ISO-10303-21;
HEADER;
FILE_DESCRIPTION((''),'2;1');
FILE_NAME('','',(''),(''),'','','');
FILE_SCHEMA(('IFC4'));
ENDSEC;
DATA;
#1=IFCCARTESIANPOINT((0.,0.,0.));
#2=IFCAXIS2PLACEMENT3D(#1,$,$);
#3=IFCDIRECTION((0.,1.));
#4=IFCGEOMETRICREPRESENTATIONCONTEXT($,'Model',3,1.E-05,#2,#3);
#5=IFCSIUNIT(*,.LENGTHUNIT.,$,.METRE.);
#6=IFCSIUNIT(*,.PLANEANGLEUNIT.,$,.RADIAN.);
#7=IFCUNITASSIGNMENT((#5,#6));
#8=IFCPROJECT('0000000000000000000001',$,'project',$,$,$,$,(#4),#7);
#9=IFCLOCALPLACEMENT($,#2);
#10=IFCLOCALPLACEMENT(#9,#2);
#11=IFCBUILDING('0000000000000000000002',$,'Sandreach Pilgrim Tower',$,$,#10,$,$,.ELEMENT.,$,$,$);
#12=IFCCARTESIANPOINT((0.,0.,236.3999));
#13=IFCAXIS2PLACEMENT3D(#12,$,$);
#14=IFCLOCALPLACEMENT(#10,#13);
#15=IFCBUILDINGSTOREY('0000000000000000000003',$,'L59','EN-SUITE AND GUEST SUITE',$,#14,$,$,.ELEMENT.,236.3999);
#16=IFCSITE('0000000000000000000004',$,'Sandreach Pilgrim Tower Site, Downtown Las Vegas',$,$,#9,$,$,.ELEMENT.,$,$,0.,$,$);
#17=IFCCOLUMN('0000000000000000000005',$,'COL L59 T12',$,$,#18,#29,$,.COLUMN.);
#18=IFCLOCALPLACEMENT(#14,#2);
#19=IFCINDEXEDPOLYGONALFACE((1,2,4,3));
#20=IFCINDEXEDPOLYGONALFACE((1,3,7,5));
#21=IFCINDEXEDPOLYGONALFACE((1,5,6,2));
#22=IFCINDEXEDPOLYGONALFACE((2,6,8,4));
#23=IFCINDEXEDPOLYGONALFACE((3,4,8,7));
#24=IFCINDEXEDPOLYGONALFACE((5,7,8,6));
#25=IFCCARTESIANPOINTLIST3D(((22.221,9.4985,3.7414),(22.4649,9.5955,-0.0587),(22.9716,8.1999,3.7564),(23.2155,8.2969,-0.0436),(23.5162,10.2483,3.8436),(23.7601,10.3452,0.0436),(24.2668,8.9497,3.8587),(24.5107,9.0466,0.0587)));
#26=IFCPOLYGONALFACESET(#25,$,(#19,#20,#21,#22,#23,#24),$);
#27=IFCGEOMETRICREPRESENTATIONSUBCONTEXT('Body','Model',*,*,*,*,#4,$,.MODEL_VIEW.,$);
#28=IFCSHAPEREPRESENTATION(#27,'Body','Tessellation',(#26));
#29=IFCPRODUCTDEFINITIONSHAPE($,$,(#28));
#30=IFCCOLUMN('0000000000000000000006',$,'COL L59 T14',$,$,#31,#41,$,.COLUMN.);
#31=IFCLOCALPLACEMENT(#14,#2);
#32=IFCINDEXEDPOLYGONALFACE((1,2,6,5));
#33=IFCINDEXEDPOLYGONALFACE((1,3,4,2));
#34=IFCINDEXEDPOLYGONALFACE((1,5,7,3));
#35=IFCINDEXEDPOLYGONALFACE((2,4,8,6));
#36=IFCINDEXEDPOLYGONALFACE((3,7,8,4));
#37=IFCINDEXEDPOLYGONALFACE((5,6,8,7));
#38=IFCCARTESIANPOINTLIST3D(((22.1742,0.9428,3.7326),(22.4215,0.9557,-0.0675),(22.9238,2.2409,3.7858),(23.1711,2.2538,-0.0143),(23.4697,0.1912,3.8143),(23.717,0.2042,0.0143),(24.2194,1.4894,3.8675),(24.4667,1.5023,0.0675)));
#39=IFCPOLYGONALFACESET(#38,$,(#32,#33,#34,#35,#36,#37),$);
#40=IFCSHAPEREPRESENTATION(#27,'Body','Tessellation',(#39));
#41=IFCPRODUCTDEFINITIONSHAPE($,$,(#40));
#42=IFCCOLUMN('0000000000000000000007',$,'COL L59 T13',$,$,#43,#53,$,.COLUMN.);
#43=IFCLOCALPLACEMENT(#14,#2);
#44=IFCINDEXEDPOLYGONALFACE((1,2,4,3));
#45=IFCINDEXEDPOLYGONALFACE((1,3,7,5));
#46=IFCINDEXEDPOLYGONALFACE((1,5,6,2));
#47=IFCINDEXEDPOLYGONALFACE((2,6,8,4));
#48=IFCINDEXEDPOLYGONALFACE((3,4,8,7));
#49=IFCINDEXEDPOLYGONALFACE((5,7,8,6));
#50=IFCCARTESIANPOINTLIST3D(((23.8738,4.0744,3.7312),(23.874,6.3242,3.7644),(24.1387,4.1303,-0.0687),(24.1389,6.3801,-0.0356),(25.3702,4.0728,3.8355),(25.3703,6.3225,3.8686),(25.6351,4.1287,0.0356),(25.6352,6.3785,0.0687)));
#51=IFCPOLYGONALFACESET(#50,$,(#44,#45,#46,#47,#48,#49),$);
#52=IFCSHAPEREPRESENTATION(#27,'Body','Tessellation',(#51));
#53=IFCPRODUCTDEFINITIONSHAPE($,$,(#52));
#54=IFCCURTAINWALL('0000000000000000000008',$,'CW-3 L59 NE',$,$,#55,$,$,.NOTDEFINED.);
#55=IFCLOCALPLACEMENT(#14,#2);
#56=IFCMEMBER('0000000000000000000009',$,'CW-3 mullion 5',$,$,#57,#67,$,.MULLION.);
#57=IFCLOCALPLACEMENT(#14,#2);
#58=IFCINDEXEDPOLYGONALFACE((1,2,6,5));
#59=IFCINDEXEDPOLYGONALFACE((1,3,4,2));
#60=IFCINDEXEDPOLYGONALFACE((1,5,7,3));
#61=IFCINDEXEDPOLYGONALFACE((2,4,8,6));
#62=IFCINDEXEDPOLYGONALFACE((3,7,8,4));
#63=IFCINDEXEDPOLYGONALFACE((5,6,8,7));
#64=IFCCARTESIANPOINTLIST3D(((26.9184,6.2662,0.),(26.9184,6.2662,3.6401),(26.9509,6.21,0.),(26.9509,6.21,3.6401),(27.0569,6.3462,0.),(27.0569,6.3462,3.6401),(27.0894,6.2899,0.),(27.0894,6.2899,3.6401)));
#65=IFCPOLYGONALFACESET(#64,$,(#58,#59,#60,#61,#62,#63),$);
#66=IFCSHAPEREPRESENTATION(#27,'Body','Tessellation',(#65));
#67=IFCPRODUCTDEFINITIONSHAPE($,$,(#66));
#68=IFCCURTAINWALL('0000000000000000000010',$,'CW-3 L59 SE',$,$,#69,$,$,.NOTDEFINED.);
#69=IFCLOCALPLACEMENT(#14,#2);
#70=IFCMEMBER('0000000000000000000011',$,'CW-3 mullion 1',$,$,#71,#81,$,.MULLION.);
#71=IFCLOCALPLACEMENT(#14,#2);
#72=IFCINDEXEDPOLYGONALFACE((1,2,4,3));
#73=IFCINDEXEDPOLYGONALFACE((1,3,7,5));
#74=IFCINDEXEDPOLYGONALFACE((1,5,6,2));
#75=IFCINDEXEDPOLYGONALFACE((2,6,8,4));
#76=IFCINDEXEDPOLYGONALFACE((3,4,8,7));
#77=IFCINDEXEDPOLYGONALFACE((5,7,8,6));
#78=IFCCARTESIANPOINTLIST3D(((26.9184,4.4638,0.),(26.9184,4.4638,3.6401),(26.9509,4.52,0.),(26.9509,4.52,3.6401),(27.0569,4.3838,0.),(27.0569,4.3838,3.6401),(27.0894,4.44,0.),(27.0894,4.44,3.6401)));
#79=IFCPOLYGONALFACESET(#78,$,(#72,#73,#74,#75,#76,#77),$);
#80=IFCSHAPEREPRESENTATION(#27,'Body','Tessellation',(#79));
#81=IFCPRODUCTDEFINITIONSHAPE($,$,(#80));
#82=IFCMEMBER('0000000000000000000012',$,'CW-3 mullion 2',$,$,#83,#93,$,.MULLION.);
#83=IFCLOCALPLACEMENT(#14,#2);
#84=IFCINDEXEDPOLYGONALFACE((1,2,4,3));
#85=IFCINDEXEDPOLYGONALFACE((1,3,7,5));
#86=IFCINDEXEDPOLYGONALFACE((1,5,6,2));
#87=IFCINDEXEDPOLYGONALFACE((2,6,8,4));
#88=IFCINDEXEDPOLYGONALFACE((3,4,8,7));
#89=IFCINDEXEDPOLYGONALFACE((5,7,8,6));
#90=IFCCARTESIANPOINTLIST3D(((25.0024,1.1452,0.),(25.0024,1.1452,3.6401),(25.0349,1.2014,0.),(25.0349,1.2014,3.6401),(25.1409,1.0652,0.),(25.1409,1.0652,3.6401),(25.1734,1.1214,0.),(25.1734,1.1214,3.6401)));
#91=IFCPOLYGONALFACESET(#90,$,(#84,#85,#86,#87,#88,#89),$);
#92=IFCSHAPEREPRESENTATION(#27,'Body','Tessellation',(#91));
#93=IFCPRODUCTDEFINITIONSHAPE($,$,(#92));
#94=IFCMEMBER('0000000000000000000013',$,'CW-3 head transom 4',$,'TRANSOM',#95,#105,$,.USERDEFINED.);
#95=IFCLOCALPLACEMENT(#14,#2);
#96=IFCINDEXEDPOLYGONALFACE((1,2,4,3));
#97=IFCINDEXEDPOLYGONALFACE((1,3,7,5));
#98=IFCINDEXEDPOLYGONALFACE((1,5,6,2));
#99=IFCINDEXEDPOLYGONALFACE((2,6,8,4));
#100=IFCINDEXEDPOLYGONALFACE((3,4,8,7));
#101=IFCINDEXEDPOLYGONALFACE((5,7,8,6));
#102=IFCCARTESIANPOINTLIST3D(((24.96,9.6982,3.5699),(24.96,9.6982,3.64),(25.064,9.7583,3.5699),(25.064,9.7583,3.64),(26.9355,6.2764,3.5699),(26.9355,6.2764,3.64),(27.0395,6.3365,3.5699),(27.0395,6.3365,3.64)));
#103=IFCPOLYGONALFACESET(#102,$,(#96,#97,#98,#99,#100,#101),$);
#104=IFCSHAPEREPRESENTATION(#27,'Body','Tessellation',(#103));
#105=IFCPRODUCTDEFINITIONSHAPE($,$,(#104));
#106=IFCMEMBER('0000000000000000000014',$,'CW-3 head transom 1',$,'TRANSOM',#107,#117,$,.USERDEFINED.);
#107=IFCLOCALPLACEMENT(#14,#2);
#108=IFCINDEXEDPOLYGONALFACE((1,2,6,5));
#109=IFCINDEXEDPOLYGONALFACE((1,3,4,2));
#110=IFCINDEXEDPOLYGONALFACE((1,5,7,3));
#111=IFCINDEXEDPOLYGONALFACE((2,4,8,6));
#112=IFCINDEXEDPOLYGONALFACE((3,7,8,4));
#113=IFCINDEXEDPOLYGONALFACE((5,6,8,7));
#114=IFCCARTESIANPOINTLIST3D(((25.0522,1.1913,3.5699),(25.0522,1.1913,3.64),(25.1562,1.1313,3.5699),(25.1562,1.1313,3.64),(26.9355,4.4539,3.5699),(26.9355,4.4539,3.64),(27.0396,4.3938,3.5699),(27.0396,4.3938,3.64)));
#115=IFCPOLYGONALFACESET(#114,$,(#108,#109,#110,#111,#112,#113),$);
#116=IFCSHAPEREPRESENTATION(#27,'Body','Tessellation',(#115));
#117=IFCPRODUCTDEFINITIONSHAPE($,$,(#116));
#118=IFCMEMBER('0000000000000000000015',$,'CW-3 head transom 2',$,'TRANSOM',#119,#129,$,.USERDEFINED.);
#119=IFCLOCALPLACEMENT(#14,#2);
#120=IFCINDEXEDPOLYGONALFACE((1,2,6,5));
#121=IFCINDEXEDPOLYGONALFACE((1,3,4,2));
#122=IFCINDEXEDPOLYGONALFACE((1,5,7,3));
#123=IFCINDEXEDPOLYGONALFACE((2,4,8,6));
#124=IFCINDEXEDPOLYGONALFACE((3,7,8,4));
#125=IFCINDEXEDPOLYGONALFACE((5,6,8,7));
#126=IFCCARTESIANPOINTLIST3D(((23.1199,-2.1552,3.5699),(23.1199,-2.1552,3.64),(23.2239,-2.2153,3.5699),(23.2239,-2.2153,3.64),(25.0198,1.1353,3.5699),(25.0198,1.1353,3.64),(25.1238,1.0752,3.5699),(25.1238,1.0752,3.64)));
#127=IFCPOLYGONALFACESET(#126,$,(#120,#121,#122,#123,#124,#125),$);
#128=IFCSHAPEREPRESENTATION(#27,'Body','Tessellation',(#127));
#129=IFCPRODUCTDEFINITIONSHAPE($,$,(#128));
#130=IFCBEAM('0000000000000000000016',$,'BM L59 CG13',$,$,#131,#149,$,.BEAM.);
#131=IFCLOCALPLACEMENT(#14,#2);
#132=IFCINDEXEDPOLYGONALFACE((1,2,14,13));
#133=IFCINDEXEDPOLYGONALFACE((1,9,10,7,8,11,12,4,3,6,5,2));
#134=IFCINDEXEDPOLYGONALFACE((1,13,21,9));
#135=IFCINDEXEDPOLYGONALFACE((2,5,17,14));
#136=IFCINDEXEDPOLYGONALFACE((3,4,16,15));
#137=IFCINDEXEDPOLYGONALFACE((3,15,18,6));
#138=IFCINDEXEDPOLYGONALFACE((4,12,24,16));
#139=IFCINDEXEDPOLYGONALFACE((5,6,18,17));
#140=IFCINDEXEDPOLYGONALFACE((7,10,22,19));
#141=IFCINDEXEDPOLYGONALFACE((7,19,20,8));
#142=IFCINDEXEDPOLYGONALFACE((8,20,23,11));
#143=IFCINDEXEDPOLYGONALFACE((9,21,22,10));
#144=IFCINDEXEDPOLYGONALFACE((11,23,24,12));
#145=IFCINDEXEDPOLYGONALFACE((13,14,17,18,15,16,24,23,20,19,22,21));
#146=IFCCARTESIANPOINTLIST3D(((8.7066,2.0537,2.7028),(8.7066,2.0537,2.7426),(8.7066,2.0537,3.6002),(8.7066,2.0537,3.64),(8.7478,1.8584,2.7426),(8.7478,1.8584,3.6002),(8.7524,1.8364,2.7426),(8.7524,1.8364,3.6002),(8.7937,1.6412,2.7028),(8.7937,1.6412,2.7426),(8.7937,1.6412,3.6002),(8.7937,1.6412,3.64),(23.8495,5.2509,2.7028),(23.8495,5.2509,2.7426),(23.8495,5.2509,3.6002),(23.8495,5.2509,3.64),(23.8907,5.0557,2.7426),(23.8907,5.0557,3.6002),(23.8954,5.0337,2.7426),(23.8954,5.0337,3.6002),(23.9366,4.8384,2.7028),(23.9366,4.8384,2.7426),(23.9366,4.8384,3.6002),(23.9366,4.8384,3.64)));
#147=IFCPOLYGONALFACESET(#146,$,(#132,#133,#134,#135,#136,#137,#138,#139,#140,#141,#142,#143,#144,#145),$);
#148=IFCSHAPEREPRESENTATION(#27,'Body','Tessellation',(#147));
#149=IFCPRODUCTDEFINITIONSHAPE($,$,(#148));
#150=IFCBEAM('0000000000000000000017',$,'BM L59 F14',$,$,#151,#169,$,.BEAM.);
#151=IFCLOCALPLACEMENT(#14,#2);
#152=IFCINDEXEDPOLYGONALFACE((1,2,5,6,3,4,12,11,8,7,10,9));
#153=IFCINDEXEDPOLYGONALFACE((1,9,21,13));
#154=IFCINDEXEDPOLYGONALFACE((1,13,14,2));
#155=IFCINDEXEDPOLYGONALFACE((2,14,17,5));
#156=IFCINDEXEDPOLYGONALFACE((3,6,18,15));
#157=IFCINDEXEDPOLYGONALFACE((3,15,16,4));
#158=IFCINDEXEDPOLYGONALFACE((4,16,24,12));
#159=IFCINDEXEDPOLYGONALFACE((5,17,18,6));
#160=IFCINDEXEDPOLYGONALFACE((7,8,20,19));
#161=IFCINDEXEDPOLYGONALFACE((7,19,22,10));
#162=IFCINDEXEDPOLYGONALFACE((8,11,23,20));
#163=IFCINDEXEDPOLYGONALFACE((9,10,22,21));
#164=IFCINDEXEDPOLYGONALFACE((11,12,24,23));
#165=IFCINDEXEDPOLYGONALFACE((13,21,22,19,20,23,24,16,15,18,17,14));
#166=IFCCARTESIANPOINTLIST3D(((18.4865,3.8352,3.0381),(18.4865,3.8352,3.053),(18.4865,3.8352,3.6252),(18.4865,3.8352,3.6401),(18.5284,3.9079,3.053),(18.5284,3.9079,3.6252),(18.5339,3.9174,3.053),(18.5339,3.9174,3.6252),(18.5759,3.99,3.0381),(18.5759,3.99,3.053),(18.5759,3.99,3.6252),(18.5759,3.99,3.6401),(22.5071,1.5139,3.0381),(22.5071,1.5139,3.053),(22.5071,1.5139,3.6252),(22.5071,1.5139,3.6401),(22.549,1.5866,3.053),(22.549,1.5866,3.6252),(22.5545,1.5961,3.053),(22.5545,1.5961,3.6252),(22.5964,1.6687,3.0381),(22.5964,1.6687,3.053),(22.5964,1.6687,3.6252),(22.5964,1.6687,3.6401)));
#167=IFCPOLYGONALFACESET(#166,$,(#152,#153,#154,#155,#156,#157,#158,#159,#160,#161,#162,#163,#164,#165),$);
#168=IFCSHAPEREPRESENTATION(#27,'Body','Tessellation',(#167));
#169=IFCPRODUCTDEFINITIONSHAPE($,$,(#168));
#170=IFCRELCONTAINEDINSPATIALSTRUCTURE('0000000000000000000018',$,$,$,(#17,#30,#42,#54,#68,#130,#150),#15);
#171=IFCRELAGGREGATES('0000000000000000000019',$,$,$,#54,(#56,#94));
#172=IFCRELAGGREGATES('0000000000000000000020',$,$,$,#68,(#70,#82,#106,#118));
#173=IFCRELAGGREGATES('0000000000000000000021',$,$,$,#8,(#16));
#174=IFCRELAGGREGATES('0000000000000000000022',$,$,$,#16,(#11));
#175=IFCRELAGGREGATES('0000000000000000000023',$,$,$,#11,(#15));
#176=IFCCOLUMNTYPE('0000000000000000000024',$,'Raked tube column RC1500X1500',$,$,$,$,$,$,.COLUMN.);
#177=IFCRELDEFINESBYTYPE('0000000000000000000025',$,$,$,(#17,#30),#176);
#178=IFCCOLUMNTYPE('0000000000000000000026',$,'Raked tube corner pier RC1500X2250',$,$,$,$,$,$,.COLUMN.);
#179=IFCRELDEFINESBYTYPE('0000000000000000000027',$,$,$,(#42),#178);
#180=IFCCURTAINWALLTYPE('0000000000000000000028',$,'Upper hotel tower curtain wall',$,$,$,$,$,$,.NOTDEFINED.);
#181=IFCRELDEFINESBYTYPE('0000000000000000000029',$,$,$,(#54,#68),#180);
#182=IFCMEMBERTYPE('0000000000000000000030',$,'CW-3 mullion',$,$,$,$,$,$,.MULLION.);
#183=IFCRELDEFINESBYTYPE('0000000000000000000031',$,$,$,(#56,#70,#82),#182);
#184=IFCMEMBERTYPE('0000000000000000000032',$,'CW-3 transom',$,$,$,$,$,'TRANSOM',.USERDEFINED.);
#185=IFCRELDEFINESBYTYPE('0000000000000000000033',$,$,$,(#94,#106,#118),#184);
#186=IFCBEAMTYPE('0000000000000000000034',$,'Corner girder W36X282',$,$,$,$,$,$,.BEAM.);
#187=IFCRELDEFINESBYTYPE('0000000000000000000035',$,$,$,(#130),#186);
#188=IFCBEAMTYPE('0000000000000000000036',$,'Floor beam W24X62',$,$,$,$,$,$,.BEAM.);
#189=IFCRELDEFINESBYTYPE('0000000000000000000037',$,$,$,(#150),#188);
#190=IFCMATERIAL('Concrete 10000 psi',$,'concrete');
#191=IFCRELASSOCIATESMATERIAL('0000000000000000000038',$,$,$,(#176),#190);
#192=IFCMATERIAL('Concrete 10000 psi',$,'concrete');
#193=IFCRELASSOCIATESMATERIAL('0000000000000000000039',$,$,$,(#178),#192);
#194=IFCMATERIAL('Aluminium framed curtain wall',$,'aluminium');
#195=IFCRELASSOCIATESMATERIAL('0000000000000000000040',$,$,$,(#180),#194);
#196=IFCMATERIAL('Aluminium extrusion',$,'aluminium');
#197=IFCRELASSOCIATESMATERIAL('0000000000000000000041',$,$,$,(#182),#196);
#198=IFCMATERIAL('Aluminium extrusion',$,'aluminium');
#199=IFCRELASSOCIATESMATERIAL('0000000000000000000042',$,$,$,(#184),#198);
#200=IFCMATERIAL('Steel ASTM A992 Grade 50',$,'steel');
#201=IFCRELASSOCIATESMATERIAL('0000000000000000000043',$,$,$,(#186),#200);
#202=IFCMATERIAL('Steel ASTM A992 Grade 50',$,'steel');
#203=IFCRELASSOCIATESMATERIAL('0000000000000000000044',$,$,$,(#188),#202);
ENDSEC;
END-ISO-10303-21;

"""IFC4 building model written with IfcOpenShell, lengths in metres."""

from ifc_helpers import new_model, si_unit, direction, frame, origin, origin_2d, place, context, subcontext, project, spatial, rectangle, i_section, extrude, material, material_profile, profile_set, type_object, element, aggregate, save


model = new_model("IFC4")

# Units and contexts
model_context = context("Model", 3, precision=1e-05, world=origin(), true_north=direction((0.0, 1.0)))
body_context = subcontext(model_context, "Body", "Model", "MODEL_VIEW")
ifc_project = project(units=[si_unit("LENGTHUNIT", "METRE"), si_unit("PLANEANGLEUNIT", "RADIAN")], contexts=[model_context])

# Site, building, storey
site_placement = place(None, origin())
site = spatial("IfcSite", under=ifc_project, at=site_placement, Name="Sandreach Pilgrim Tower Site, Downtown Las Vegas", CompositionType="ELEMENT", RefElevation=0.0)
building_placement = place(site_placement, origin())
building = spatial("IfcBuilding", under=site, at=building_placement, Name="Sandreach Pilgrim Tower", CompositionType="ELEMENT")
storey_placement = place(building_placement, frame((0.0, 0.0, 236.3999)))
storey = spatial("IfcBuildingStorey", under=building, at=storey_placement, Name="L59", Description="EN-SUITE AND GUEST SUITE", CompositionType="ELEMENT", Elevation=236.3999)

# Columns
ifc_material_1 = material(Name="Concrete 10000 psi", Category="concrete")
ifc_material_profile_1 = material_profile(ifc_material_1, rectangle(XDim=1.5, YDim=1.5, at=origin_2d()), Name="RC1500X1500")
ifc_profile_set_1 = profile_set([ifc_material_profile_1], Name="Concrete 10000 psi")
column_type_1 = type_object("IfcColumnType", Name="Raked tube column RC1500X1500", PredefinedType="COLUMN", material=ifc_profile_set_1)
column_1_placement = place(storey_placement, frame((23.4878, 9.321, 0.0), z_axis=(-0.06403, -0.025445, 0.997624), x_axis=(0.86343, 0.499842, 0.068166)))
element("IfcColumn", 1, at=column_1_placement, inside=storey, type_object=column_type_1, Name="COL L59 T12", PredefinedType="COLUMN", context=body_context, shape_type="SweptSolid", body=[
    extrude(rectangle(XDim=1.5, YDim=1.5, at=origin_2d()), origin(), (0.0, 0.0, 1.0), 3.8091),
])
column_2_placement = place(storey_placement, frame((23.4441, 1.229, 0.0), z_axis=(-0.064944, -0.003398, 0.997883), x_axis=(0.863717, -0.50102, 0.054506)))
element("IfcColumn", 2, at=column_2_placement, inside=storey, type_object=column_type_1, Name="COL L59 T14", PredefinedType="COLUMN", context=body_context, shape_type="SweptSolid", body=[
    extrude(rectangle(XDim=1.5, YDim=1.5, at=origin_2d()), origin(), (0.0, 0.0, 1.0), 3.8081),
])
ifc_material_2 = material(Name="Concrete 10000 psi", Category="concrete")
ifc_material_profile_2 = material_profile(ifc_material_2, rectangle(XDim=1.5, YDim=2.25, at=origin_2d()), Name="RC1500X2250")
ifc_profile_set_2 = profile_set([ifc_material_profile_2], Name="Concrete 10000 psi")
column_type_2 = type_object("IfcColumnType", Name="Raked tube corner pier RC1500X2250", PredefinedType="COLUMN", material=ifc_profile_set_2)
column_3_placement = place(storey_placement, frame((24.887, 5.2544, 0.0), z_axis=(-0.069531, -0.014675, 0.997472), x_axis=(0.99758, -0.001093, 0.069523)))
element("IfcColumn", 3, at=column_3_placement, inside=storey, type_object=column_type_2, Name="COL L59 T13", PredefinedType="COLUMN", context=body_context, shape_type="SweptSolid", body=[
    extrude(rectangle(XDim=1.5, YDim=2.25, at=origin_2d()), origin(), (0.0, 0.0, 1.0), 3.8096),
])

# Curtain wall, member
ifc_material_3 = material(Name="Aluminium framed curtain wall", Category="aluminium")
curtain_wall_type = type_object("IfcCurtainWallType", Name="Upper hotel tower curtain wall", PredefinedType="NOTDEFINED", material=ifc_material_3)
curtain_wall_1_placement = place(storey_placement, origin())
curtain_wall_1 = element("IfcCurtainWall", 4, at=curtain_wall_1_placement, inside=storey, type_object=curtain_wall_type, Name="CW-3 L59 NE", PredefinedType="NOTDEFINED")
ifc_material_4 = material(Name="Aluminium extrusion", Category="aluminium")
ifc_material_profile_3 = material_profile(ifc_material_4, rectangle(XDim=0.0649, YDim=0.1599, at=origin_2d()), Name="CW-3M 65X160")
ifc_profile_set_3 = profile_set([ifc_material_profile_3], Name="Aluminium extrusion")
member_type_1 = type_object("IfcMemberType", Name="CW-3 mullion", PredefinedType="MULLION", material=ifc_profile_set_3)
member_1_placement = place(storey_placement, frame((27.0039, 6.2781, 0.0), z_axis=(0.0, 0.0, 1.0), x_axis=(0.5, -0.866025, 0.0)))
member_1 = element("IfcMember", 5, at=member_1_placement, type_object=member_type_1, Name="CW-3 mullion 5", PredefinedType="MULLION", context=body_context, shape_type="SweptSolid", body=[
    extrude(rectangle(XDim=0.0649, YDim=0.1599, at=origin_2d()), origin(), (0.0, 0.0, 1.0), 3.6401),
])

# Curtain wall, members
curtain_wall_2_placement = place(storey_placement, origin())
curtain_wall_2 = element("IfcCurtainWall", 6, at=curtain_wall_2_placement, inside=storey, type_object=curtain_wall_type, Name="CW-3 L59 SE", PredefinedType="NOTDEFINED")
member_2_placement = place(storey_placement, frame((27.0039, 4.4519, 0.0), z_axis=(0.0, 0.0, 1.0), x_axis=(-0.5, -0.866025, 0.0)))
member_2 = element("IfcMember", 7, at=member_2_placement, type_object=member_type_1, Name="CW-3 mullion 1", PredefinedType="MULLION", context=body_context, shape_type="SweptSolid", body=[
    extrude(rectangle(XDim=0.0649, YDim=0.1599, at=origin_2d()), origin(), (0.0, 0.0, 1.0), 3.6401),
])
member_3_placement = place(storey_placement, frame((25.0879, 1.1333, 0.0), z_axis=(0.0, 0.0, 1.0), x_axis=(-0.5, -0.866025, 0.0)))
member_3 = element("IfcMember", 8, at=member_3_placement, type_object=member_type_1, Name="CW-3 mullion 2", PredefinedType="MULLION", context=body_context, shape_type="SweptSolid", body=[
    extrude(rectangle(XDim=0.0649, YDim=0.1599, at=origin_2d()), origin(), (0.0, 0.0, 1.0), 3.6401),
])

# Members
ifc_material_5 = material(Name="Aluminium extrusion", Category="aluminium")
ifc_material_profile_4 = material_profile(ifc_material_5, rectangle(XDim=0.1201, YDim=0.0701, at=origin_2d()), Name="CW-3T 120X70")
ifc_profile_set_4 = profile_set([ifc_material_profile_4], Name="Aluminium extrusion")
member_type_2 = type_object("IfcMemberType", Name="CW-3 transom", ElementType="TRANSOM", PredefinedType="USERDEFINED", material=ifc_profile_set_4)
member_4_placement = place(storey_placement, frame((25.012, 9.7283, 3.605), z_axis=(0.499993, -0.866029, 0.0), x_axis=(0.866029, 0.499993, 0.0)))
member_4 = element("IfcMember", 9, at=member_4_placement, type_object=member_type_2, Name="CW-3 head transom 4", ObjectType="TRANSOM", PredefinedType="USERDEFINED", context=body_context, shape_type="SweptSolid", body=[
    extrude(rectangle(XDim=0.1201, YDim=0.0701, at=origin_2d()), origin(), (0.0, 0.0, 1.0), 3.9512),
])
member_5_placement = place(storey_placement, frame((26.9875, 4.4238, 3.605), z_axis=(-0.499945, -0.866057, 0.0), x_axis=(0.866057, -0.499945, 0.0)))
member_5 = element("IfcMember", 10, at=member_5_placement, type_object=member_type_2, Name="CW-3 head transom 1", ObjectType="TRANSOM", PredefinedType="USERDEFINED", context=body_context, shape_type="SweptSolid", body=[
    extrude(rectangle(XDim=0.1201, YDim=0.0701, at=origin_2d()), origin(), (0.0, 0.0, 1.0), 3.7671),
])
member_6_placement = place(storey_placement, frame((25.0718, 1.1052, 3.605), z_axis=(-0.500023, -0.866012, 0.0), x_axis=(0.866012, -0.500023, 0.0)))
member_6 = element("IfcMember", 11, at=member_6_placement, type_object=member_type_2, Name="CW-3 head transom 2", ObjectType="TRANSOM", PredefinedType="USERDEFINED", context=body_context, shape_type="SweptSolid", body=[
    extrude(rectangle(XDim=0.1201, YDim=0.0701, at=origin_2d()), origin(), (0.0, 0.0, 1.0), 3.7996),
])

# Beams
ifc_material_6 = material(Name="Steel ASTM A992 Grade 50", Category="steel")
ifc_material_profile_5 = material_profile(ifc_material_6, i_section(OverallWidth=0.4216, OverallDepth=0.9373, WebThickness=0.0225, FlangeThickness=0.0398, at=origin_2d()), Name="W36X282")
ifc_profile_set_5 = profile_set([ifc_material_profile_5], Name="Steel ASTM A992 Grade 50")
beam_type_1 = type_object("IfcBeamType", Name="Corner girder W36X282", PredefinedType="BEAM", material=ifc_profile_set_5)
beam_1_placement = place(storey_placement, frame((23.8931, 5.0447, 3.1714), z_axis=(-0.978429, -0.206583, 0.0), x_axis=(0.206583, -0.978429, 0.0)))
element("IfcBeam", 12, at=beam_1_placement, inside=storey, type_object=beam_type_1, Name="BM L59 CG13", PredefinedType="BEAM", context=body_context, shape_type="SweptSolid", body=[
    extrude(i_section(OverallWidth=0.4216, OverallDepth=0.9373, WebThickness=0.0225, FlangeThickness=0.0398, at=origin_2d()), origin(), (0.0, 0.0, 1.0), 15.4768),
])
ifc_material_7 = material(Name="Steel ASTM A992 Grade 50", Category="steel")
ifc_material_profile_6 = material_profile(ifc_material_7, i_section(OverallWidth=0.1787, OverallDepth=0.6021, WebThickness=0.011, FlangeThickness=0.0149, at=origin_2d()), Name="W24X62")
ifc_profile_set_6 = profile_set([ifc_material_profile_6], Name="Steel ASTM A992 Grade 50")
beam_type_2 = type_object("IfcBeamType", Name="Floor beam W24X62", PredefinedType="BEAM", material=ifc_profile_set_6)
beam_2_placement = place(storey_placement, frame((22.5518, 1.5913, 3.3391), z_axis=(-0.866021, 0.500008, 0.0), x_axis=(-0.500008, -0.866021, 0.0)))
element("IfcBeam", 13, at=beam_2_placement, inside=storey, type_object=beam_type_2, Name="BM L59 F14", PredefinedType="BEAM", context=body_context, shape_type="SweptSolid", body=[
    extrude(i_section(OverallWidth=0.1787, OverallDepth=0.6021, WebThickness=0.011, FlangeThickness=0.0149, at=origin_2d()), origin(), (0.0, 0.0, 1.0), 4.6426),
])

aggregate(curtain_wall_1, [member_1, member_4])
aggregate(curtain_wall_2, [member_2, member_3, member_5, member_6])

save(model, "model.ifc")
